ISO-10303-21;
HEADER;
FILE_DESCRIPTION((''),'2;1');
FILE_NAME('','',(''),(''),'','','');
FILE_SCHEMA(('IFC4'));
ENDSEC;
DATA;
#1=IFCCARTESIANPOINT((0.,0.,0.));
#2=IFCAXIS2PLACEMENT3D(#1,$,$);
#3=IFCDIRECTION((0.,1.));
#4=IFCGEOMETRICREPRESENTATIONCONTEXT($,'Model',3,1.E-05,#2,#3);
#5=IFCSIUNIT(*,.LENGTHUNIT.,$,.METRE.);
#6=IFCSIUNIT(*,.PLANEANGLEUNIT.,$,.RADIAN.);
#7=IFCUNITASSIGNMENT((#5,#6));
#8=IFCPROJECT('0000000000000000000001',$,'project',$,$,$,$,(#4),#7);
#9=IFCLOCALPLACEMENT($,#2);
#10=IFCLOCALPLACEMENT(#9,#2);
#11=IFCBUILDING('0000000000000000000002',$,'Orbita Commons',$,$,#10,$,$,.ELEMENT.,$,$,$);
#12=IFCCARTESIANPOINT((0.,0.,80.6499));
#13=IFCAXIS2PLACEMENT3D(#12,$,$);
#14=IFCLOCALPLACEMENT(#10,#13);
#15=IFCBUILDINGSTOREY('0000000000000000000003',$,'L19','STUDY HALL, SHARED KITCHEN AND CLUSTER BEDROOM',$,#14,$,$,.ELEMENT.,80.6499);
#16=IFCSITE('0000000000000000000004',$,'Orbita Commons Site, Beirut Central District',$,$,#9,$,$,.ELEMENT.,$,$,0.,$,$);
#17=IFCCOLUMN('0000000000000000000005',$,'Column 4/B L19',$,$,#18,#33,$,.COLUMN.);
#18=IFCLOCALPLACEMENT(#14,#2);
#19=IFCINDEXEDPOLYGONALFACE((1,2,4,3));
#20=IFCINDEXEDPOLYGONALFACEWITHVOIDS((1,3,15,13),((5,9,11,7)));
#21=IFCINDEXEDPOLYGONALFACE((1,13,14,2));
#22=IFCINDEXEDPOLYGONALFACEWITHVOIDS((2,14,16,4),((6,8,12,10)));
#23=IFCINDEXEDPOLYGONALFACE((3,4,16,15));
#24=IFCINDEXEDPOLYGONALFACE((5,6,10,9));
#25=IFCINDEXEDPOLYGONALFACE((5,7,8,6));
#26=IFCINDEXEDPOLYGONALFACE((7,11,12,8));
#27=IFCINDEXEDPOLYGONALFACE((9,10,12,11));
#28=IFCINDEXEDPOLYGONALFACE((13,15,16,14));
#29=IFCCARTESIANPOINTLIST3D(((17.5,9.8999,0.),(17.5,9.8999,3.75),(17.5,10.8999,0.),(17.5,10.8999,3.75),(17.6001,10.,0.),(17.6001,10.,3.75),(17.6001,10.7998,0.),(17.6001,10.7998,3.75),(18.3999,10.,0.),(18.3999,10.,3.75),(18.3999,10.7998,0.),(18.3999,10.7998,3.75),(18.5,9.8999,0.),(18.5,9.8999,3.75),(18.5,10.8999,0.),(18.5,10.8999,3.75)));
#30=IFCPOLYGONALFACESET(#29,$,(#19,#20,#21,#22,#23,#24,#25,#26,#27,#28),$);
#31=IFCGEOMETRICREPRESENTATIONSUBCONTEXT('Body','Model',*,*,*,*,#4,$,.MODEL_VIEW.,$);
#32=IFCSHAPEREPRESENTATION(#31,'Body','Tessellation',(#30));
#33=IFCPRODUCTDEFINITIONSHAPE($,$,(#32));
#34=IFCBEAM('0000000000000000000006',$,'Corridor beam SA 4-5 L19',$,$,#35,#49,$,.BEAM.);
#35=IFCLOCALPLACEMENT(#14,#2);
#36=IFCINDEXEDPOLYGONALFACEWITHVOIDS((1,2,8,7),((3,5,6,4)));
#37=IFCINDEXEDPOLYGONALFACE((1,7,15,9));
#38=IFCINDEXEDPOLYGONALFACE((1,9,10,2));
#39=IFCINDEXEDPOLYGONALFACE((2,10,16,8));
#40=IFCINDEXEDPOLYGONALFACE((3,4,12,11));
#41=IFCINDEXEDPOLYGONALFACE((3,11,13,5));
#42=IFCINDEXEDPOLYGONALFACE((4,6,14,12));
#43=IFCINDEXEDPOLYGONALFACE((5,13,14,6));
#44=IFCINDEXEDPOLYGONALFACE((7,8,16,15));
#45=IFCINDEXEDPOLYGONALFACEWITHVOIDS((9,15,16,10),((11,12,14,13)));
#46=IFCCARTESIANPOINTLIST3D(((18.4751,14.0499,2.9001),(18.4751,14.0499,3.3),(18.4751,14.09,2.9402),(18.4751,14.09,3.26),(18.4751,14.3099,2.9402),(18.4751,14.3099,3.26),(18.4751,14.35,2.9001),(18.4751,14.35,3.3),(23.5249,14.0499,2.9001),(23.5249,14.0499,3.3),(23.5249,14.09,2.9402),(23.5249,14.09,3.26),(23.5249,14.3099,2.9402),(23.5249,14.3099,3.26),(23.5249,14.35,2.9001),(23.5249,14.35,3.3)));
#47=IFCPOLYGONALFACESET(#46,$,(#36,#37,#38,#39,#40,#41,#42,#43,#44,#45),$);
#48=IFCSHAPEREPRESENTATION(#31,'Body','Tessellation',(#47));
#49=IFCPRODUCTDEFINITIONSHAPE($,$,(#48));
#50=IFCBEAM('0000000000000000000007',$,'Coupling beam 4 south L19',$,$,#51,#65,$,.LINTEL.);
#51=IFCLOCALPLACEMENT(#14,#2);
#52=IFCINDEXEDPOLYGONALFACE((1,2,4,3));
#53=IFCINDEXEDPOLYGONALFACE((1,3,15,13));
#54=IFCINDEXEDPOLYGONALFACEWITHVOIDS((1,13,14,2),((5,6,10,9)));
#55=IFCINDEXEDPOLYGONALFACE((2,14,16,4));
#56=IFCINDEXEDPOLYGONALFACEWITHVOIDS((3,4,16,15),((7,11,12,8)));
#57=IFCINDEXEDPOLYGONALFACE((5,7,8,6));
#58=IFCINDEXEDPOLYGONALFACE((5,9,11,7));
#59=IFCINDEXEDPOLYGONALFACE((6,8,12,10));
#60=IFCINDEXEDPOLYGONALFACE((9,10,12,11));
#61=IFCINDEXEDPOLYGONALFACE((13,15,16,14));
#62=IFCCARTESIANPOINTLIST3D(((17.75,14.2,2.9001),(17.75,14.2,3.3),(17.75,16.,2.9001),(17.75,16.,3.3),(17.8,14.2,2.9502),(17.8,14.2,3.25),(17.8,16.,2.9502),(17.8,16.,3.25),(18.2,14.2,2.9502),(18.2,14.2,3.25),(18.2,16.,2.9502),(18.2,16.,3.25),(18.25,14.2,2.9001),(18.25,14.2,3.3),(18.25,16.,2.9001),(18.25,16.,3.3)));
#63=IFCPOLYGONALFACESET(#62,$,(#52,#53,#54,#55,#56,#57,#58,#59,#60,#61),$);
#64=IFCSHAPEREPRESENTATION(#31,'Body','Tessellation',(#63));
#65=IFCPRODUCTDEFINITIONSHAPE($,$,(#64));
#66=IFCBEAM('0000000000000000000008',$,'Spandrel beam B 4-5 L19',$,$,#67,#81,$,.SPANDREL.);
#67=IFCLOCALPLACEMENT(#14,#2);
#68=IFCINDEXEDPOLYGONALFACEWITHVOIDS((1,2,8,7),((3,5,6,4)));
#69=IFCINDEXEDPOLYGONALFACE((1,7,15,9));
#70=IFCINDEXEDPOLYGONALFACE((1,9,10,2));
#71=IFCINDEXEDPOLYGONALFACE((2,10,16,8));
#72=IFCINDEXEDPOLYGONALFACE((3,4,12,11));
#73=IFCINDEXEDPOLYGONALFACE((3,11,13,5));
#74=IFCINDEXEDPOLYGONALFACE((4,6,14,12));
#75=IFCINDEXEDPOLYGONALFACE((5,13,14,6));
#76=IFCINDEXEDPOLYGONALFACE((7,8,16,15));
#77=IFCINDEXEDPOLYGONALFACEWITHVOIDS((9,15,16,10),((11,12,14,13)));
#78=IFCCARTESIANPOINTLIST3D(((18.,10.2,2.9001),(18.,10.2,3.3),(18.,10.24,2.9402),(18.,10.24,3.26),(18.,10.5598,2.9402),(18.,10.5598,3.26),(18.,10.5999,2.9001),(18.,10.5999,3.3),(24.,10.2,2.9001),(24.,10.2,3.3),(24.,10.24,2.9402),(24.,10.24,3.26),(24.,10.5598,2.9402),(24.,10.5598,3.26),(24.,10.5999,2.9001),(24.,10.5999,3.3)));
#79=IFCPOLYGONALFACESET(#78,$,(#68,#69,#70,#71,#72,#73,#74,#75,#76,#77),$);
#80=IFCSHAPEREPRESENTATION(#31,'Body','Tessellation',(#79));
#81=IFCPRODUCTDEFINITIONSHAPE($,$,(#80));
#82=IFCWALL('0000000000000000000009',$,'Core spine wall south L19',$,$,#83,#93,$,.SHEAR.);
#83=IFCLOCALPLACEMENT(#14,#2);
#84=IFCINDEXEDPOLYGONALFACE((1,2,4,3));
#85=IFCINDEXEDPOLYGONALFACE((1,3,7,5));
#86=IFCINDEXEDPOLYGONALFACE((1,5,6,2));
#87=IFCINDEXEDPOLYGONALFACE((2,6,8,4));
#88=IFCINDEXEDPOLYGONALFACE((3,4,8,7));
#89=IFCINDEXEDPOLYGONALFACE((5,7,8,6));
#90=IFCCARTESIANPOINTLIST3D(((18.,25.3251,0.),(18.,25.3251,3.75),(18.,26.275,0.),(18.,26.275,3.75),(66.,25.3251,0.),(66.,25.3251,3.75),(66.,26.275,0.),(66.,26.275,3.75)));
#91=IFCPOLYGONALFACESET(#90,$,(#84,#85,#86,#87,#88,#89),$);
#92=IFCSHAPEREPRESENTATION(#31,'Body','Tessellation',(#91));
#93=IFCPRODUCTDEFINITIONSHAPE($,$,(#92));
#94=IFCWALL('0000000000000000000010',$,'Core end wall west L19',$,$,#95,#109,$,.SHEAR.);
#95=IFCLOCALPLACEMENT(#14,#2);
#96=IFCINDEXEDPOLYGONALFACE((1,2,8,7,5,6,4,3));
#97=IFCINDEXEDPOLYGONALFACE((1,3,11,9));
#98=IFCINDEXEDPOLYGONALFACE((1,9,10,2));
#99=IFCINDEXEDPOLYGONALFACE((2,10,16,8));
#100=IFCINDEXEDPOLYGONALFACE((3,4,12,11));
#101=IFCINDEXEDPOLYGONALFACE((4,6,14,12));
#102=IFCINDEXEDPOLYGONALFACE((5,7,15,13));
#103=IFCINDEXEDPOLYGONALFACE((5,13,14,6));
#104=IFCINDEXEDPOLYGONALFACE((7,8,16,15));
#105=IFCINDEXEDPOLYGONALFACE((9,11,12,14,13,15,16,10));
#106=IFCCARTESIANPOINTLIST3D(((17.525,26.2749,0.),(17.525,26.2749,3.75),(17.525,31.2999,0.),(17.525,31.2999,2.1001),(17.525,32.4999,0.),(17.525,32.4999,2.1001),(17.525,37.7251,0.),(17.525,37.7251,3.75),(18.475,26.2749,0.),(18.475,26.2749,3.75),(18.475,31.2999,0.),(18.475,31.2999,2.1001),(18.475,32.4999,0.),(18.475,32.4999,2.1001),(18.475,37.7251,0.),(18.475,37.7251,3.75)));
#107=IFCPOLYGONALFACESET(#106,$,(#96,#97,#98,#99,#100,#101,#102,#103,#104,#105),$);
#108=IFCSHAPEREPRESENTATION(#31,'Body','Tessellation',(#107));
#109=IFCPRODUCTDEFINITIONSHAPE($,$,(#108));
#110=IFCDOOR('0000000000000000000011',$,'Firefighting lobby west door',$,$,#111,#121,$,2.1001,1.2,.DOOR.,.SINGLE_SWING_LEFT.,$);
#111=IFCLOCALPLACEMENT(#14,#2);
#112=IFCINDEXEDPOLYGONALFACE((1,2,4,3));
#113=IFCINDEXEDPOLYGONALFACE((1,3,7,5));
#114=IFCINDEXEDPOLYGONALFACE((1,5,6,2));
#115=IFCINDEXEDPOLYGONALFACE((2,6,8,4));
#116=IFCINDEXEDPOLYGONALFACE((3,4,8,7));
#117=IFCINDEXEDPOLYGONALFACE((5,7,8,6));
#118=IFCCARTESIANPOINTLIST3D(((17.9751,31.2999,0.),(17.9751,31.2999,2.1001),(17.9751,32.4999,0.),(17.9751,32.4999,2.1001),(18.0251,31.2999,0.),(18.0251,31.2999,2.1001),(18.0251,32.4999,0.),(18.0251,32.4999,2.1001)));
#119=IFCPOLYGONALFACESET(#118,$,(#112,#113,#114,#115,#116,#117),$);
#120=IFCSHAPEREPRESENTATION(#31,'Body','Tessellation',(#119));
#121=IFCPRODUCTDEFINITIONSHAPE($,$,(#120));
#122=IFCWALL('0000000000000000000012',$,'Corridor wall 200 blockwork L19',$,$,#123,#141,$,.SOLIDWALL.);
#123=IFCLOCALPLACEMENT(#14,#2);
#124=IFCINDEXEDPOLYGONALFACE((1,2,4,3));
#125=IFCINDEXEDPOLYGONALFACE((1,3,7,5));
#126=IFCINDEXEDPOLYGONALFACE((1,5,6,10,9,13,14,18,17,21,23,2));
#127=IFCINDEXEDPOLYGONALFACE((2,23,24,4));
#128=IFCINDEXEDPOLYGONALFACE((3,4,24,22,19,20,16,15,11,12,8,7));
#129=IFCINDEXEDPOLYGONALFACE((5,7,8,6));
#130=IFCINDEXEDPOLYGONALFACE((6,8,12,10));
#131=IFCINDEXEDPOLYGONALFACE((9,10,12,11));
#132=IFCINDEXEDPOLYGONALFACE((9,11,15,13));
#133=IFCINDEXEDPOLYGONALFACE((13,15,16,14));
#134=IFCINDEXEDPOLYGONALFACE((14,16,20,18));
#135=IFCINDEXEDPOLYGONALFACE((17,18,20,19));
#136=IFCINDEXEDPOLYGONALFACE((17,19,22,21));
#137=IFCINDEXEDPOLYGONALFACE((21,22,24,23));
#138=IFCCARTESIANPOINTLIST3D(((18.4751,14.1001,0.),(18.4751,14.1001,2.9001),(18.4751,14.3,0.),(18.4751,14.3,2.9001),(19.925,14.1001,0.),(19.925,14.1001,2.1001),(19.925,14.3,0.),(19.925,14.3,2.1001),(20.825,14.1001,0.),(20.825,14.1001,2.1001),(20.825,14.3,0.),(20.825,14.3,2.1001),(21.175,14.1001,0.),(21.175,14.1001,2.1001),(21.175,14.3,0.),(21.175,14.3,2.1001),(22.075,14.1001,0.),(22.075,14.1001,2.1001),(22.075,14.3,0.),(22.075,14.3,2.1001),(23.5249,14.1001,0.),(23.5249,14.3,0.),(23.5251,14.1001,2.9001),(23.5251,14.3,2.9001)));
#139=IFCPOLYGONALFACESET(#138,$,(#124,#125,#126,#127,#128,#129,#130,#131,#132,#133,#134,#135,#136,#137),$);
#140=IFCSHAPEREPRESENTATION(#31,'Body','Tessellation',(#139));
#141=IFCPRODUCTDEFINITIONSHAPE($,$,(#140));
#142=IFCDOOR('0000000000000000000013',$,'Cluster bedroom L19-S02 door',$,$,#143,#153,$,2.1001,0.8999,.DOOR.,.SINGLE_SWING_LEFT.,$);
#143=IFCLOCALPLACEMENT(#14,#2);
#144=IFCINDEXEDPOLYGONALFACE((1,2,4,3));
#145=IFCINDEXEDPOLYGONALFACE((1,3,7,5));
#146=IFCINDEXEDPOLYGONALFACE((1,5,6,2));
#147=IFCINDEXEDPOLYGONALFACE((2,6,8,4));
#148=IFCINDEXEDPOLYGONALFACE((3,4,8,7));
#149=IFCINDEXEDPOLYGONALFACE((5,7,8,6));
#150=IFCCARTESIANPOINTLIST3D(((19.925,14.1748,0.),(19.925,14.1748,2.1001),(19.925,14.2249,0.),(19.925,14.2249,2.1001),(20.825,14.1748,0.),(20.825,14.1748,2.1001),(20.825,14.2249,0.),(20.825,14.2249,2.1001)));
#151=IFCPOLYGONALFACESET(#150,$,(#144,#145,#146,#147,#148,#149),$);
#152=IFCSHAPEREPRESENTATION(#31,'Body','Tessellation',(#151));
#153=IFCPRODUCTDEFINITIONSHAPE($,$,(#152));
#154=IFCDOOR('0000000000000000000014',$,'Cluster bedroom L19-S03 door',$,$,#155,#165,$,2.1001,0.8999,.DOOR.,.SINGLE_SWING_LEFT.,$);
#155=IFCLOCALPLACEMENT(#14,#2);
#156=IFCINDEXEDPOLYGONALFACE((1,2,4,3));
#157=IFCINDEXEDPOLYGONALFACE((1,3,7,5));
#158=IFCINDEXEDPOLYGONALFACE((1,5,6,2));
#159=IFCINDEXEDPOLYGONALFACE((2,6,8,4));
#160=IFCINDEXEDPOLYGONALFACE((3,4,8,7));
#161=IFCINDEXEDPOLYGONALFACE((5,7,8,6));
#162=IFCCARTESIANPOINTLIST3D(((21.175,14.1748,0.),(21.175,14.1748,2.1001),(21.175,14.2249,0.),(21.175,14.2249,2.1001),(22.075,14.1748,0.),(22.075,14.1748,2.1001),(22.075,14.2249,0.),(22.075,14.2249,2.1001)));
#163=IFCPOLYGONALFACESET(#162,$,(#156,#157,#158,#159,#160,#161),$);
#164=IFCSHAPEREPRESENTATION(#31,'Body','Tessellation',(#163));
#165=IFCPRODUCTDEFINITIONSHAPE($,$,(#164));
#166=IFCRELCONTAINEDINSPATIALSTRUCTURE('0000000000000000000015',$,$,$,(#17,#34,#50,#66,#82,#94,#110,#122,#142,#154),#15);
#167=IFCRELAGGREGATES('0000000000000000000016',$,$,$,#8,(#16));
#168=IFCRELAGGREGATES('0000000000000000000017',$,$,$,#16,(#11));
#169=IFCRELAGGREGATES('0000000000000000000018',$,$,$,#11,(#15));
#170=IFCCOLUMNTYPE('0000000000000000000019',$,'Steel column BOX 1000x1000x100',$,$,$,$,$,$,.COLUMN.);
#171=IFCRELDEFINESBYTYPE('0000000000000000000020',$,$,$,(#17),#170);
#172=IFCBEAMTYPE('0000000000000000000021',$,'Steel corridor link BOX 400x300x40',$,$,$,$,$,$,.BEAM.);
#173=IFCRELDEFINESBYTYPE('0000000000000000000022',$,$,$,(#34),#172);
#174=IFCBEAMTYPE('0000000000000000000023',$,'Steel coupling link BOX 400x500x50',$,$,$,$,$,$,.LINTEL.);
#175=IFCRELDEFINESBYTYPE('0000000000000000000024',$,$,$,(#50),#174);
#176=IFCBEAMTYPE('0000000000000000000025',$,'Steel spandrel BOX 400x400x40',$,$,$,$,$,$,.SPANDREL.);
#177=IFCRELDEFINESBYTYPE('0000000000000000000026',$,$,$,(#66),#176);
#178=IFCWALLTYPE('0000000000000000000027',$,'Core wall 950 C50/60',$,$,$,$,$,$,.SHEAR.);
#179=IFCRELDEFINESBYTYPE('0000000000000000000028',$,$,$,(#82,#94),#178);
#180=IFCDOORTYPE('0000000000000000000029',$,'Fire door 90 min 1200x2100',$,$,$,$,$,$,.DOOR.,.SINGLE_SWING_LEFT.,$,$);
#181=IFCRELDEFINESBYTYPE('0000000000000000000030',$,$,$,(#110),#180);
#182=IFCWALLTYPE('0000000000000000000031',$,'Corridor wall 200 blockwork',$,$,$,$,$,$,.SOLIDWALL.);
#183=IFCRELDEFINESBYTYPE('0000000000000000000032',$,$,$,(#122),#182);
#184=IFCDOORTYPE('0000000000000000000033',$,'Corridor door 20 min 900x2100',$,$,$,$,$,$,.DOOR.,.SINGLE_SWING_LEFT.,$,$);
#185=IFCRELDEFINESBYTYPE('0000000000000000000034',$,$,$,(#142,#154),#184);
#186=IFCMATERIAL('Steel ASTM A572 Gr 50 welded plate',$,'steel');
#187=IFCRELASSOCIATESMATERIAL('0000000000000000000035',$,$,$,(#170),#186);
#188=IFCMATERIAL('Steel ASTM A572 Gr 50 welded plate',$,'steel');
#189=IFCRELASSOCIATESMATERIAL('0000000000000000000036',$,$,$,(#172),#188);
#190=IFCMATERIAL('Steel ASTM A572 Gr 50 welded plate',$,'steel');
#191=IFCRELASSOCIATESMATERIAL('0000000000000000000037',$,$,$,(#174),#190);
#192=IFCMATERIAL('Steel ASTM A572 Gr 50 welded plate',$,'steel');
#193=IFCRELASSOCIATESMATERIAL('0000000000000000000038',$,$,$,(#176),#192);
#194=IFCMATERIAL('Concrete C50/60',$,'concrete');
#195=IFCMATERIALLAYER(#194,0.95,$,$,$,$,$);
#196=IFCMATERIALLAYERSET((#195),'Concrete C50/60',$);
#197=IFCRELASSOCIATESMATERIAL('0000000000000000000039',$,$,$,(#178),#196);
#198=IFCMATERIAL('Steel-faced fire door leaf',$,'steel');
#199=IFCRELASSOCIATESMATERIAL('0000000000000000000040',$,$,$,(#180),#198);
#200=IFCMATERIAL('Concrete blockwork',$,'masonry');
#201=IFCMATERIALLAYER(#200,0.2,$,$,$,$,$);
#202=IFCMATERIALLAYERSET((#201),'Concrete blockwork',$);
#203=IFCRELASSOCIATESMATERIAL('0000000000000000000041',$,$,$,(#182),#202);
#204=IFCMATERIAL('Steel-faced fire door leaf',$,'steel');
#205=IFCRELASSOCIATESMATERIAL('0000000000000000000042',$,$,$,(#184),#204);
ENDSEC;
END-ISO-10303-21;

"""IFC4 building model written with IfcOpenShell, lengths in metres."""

from ifc_helpers import new_model, si_unit, direction, frame, frame_2d, origin, origin_2d, place, context, subcontext, project, spatial, polyline, rectangle, hollow_rectangle, outline, extrude, material, layer, layer_set, material_profile, profile_set, type_object, element, fill, save


model = new_model("IFC4")

# Units and contexts
model_context = context("Model", 3, precision=1e-05, world=origin(), true_north=direction((0.0, 1.0)))
body_context = subcontext(model_context, "Body", "Model", "MODEL_VIEW")
ifc_project = project(units=[si_unit("LENGTHUNIT", "METRE"), si_unit("PLANEANGLEUNIT", "RADIAN")], contexts=[model_context])

# Site, building, storey
site_placement = place(None, origin())
site = spatial("IfcSite", under=ifc_project, at=site_placement, Name="Orbita Commons Site, Beirut Central District", CompositionType="ELEMENT", RefElevation=0.0)
building_placement = place(site_placement, origin())
building = spatial("IfcBuilding", under=site, at=building_placement, Name="Orbita Commons", CompositionType="ELEMENT")
storey_placement = place(building_placement, frame((0.0, 0.0, 80.6499)))
storey = spatial("IfcBuildingStorey", under=building, at=storey_placement, Name="L19", Description="STUDY HALL, SHARED KITCHEN AND CLUSTER BEDROOM", CompositionType="ELEMENT", Elevation=80.6499)

# Column
ifc_material_1 = material(Name="Steel ASTM A572 Gr 50 welded plate", Category="steel")
ifc_material_profile_1 = material_profile(ifc_material_1, hollow_rectangle(XDim=1.0, YDim=1.0, WallThickness=0.1001, at=origin_2d()), Name="BOX 1000x1000x100")
ifc_profile_set_1 = profile_set([ifc_material_profile_1], Name="Steel ASTM A572 Gr 50 welded plate")
column_type = type_object("IfcColumnType", Name="Steel column BOX 1000x1000x100", PredefinedType="COLUMN", material=ifc_profile_set_1)
column_placement = place(storey_placement, frame((18.0, 10.3999, 0.0), z_axis=(0.0, 0.0, 1.0), x_axis=(1.0, 0.0, 0.0)))
element("IfcColumn", 1, at=column_placement, inside=storey, type_object=column_type, Name="Column 4/B L19", PredefinedType="COLUMN", context=body_context, shape_type="SweptSolid", body=[
    extrude(hollow_rectangle(XDim=1.0, YDim=1.0, WallThickness=0.1001, at=origin_2d()), origin(), (0.0, 0.0, 1.0), 3.75),
])

# Beams
ifc_material_2 = material(Name="Steel ASTM A572 Gr 50 welded plate", Category="steel")
ifc_material_profile_2 = material_profile(ifc_material_2, hollow_rectangle(XDim=0.3, YDim=0.3999, WallThickness=0.04, at=origin_2d()), Name="BOX 400x300x40")
ifc_profile_set_2 = profile_set([ifc_material_profile_2], Name="Steel ASTM A572 Gr 50 welded plate")
beam_type_1 = type_object("IfcBeamType", Name="Steel corridor link BOX 400x300x40", PredefinedType="BEAM", material=ifc_profile_set_2)
beam_1_placement = place(storey_placement, frame((18.4751, 14.2, 3.1001), z_axis=(1.0, 0.0, 0.0), x_axis=(0.0, 1.0, 0.0)))
element("IfcBeam", 2, at=beam_1_placement, inside=storey, type_object=beam_type_1, Name="Corridor beam SA 4-5 L19", PredefinedType="BEAM", context=body_context, shape_type="SweptSolid", body=[
    extrude(hollow_rectangle(XDim=0.3, YDim=0.3999, WallThickness=0.04, at=origin_2d()), origin(), (0.0, 0.0, 1.0), 5.0498),
])
ifc_material_3 = material(Name="Steel ASTM A572 Gr 50 welded plate", Category="steel")
ifc_material_profile_3 = material_profile(ifc_material_3, hollow_rectangle(XDim=0.5, YDim=0.3999, WallThickness=0.05, at=origin_2d()), Name="BOX 400x500x50")
ifc_profile_set_3 = profile_set([ifc_material_profile_3], Name="Steel ASTM A572 Gr 50 welded plate")
beam_type_2 = type_object("IfcBeamType", Name="Steel coupling link BOX 400x500x50", PredefinedType="LINTEL", material=ifc_profile_set_3)
beam_2_placement = place(storey_placement, frame((18.0, 14.2, 3.1001), z_axis=(0.0, 1.0, 0.0), x_axis=(-1.0, 0.0, 0.0)))
element("IfcBeam", 3, at=beam_2_placement, inside=storey, type_object=beam_type_2, Name="Coupling beam 4 south L19", PredefinedType="LINTEL", context=body_context, shape_type="SweptSolid", body=[
    extrude(hollow_rectangle(XDim=0.5, YDim=0.3999, WallThickness=0.05, at=origin_2d()), origin(), (0.0, 0.0, 1.0), 1.8),
])
ifc_material_4 = material(Name="Steel ASTM A572 Gr 50 welded plate", Category="steel")
ifc_material_profile_4 = material_profile(ifc_material_4, hollow_rectangle(XDim=0.3999, YDim=0.3999, WallThickness=0.04, at=origin_2d()), Name="BOX 400x400x40")
ifc_profile_set_4 = profile_set([ifc_material_profile_4], Name="Steel ASTM A572 Gr 50 welded plate")
beam_type_3 = type_object("IfcBeamType", Name="Steel spandrel BOX 400x400x40", PredefinedType="SPANDREL", material=ifc_profile_set_4)
beam_3_placement = place(storey_placement, frame((18.0, 10.3999, 3.1001), z_axis=(1.0, 0.0, 0.0), x_axis=(0.0, 1.0, 0.0)))
element("IfcBeam", 4, at=beam_3_placement, inside=storey, type_object=beam_type_3, Name="Spandrel beam B 4-5 L19", PredefinedType="SPANDREL", context=body_context, shape_type="SweptSolid", body=[
    extrude(hollow_rectangle(XDim=0.3999, YDim=0.3999, WallThickness=0.04, at=origin_2d()), origin(), (0.0, 0.0, 1.0), 6.0),
])

# Wall
ifc_material_5 = material(Name="Concrete C50/60", Category="concrete")
ifc_layer_1 = layer(ifc_material_5, 0.95)
ifc_layer_set_1 = layer_set([ifc_layer_1], Name="Concrete C50/60")
wall_type_1 = type_object("IfcWallType", Name="Core wall 950 C50/60", PredefinedType="SHEAR", material=ifc_layer_set_1)
wall_1_placement = place(storey_placement, frame((18.0, 25.8, 0.0), z_axis=(0.0, 0.0, 1.0), x_axis=(1.0, 0.0, 0.0)))
element("IfcWall", 5, at=wall_1_placement, inside=storey, type_object=wall_type_1, Name="Core spine wall south L19", PredefinedType="SHEAR", context=body_context, shape_type="SweptSolid", body=[
    extrude(rectangle(XDim=48.0, YDim=0.95, at=frame_2d((24.0, 0.0))), origin(), (0.0, 0.0, 1.0), 3.75),
])

# Wall, opening, door
wall_2_placement = place(storey_placement, frame((18.0, 26.2749, 0.0), z_axis=(0.0, 0.0, 1.0), x_axis=(0.0, 1.0, 0.0)))
wall_2 = element("IfcWall", 6, at=wall_2_placement, inside=storey, type_object=wall_type_1, Name="Core end wall west L19", PredefinedType="SHEAR", context=body_context, shape_type="SweptSolid", body=[
    extrude(rectangle(XDim=11.4502, YDim=0.95, at=frame_2d((5.7251, 0.0))), origin(), (0.0, 0.0, 1.0), 3.75),
])
opening_1_placement = place(wall_2_placement, frame((5.0249, 0.0, 0.0)))
opening_1 = element("IfcOpeningElement", 7, at=opening_1_placement, cuts=wall_2, PredefinedType="OPENING", context=body_context, shape_type="SweptSolid", body=[
    extrude(rectangle(XDim=1.2, YDim=2.1001, at=frame_2d((0.6001, 1.05))), frame((0.0, 0.4849, 0.0), z_axis=(0.0, -1.0, 0.0), x_axis=(1.0, 0.0, 0.0)), (0.0, 0.0, 1.0), 0.97),
])
ifc_material_6 = material(Name="Steel-faced fire door leaf", Category="steel")
door_type_1 = type_object("IfcDoorType", Name="Fire door 90 min 1200x2100", OperationType="SINGLE_SWING_LEFT", PredefinedType="DOOR", material=ifc_material_6)
door_1_placement = place(opening_1_placement, origin())
door_1 = element("IfcDoor", 8, at=door_1_placement, inside=storey, type_object=door_type_1, Name="Firefighting lobby west door", OperationType="SINGLE_SWING_LEFT", OverallHeight=2.1001, OverallWidth=1.2, PredefinedType="DOOR", context=body_context, shape_type="SweptSolid", body=[
    extrude(rectangle(XDim=1.2, YDim=2.1001, at=frame_2d((0.6001, 1.05))), frame((0.0, 0.0249, 0.0), z_axis=(0.0, -1.0, 0.0), x_axis=(1.0, 0.0, 0.0)), (0.0, 0.0, 1.0), 0.05),
])
fill(opening_1, door_1)

# Wall, openings, doors
ifc_material_7 = material(Name="Concrete blockwork", Category="masonry")
ifc_layer_2 = layer(ifc_material_7, 0.2)
ifc_layer_set_2 = layer_set([ifc_layer_2], Name="Concrete blockwork")
wall_type_2 = type_object("IfcWallType", Name="Corridor wall 200 blockwork", PredefinedType="SOLIDWALL", material=ifc_layer_set_2)
wall_3_placement = place(storey_placement, frame((18.4751, 14.2, 0.0), z_axis=(0.0, 0.0, 1.0), x_axis=(1.0, 0.0, 0.0)))
wall_3 = element("IfcWall", 9, at=wall_3_placement, inside=storey, type_object=wall_type_2, Name="Corridor wall 200 blockwork L19", PredefinedType="SOLIDWALL", context=body_context, shape_type="SweptSolid", body=[
    extrude(outline(polyline([(0.0, 0.0), (5.0498, 0.0), (5.05, 2.9001), (0.0, 2.9001), (0.0, 0.0)])), frame((0.0, 0.1001, 0.0), z_axis=(0.0, -1.0, 0.0), x_axis=(1.0, 0.0, 0.0)), (0.0, 0.0, 1.0), 0.2),
])
opening_2_placement = place(wall_3_placement, frame((1.45, 0.0, 0.0)))
opening_2 = element("IfcOpeningElement", 10, at=opening_2_placement, cuts=wall_3, PredefinedType="OPENING", context=body_context, shape_type="SweptSolid", body=[
    extrude(rectangle(XDim=0.8999, YDim=2.1001, at=frame_2d((0.45, 1.05))), frame((0.0, 0.1099, 0.0), z_axis=(0.0, -1.0, 0.0), x_axis=(1.0, 0.0, 0.0)), (0.0, 0.0, 1.0), 0.22),
])
opening_3_placement = place(wall_3_placement, frame((2.7, 0.0, 0.0)))
opening_3 = element("IfcOpeningElement", 11, at=opening_3_placement, cuts=wall_3, PredefinedType="OPENING", context=body_context, shape_type="SweptSolid", body=[
    extrude(rectangle(XDim=0.8999, YDim=2.1001, at=frame_2d((0.45, 1.05))), frame((0.0, 0.1099, 0.0), z_axis=(0.0, -1.0, 0.0), x_axis=(1.0, 0.0, 0.0)), (0.0, 0.0, 1.0), 0.22),
])
ifc_material_8 = material(Name="Steel-faced fire door leaf", Category="steel")
door_type_2 = type_object("IfcDoorType", Name="Corridor door 20 min 900x2100", OperationType="SINGLE_SWING_LEFT", PredefinedType="DOOR", material=ifc_material_8)
door_2_placement = place(opening_2_placement, origin())
door_2 = element("IfcDoor", 12, at=door_2_placement, inside=storey, type_object=door_type_2, Name="Cluster bedroom L19-S02 door", OperationType="SINGLE_SWING_LEFT", OverallHeight=2.1001, OverallWidth=0.8999, PredefinedType="DOOR", context=body_context, shape_type="SweptSolid", body=[
    extrude(rectangle(XDim=0.8999, YDim=2.1001, at=frame_2d((0.45, 1.05))), frame((0.0, 0.0249, 0.0), z_axis=(0.0, -1.0, 0.0), x_axis=(1.0, 0.0, 0.0)), (0.0, 0.0, 1.0), 0.05),
])
fill(opening_2, door_2)
door_3_placement = place(opening_3_placement, origin())
door_3 = element("IfcDoor", 13, at=door_3_placement, inside=storey, type_object=door_type_2, Name="Cluster bedroom L19-S03 door", OperationType="SINGLE_SWING_LEFT", OverallHeight=2.1001, OverallWidth=0.8999, PredefinedType="DOOR", context=body_context, shape_type="SweptSolid", body=[
    extrude(rectangle(XDim=0.8999, YDim=2.1001, at=frame_2d((0.45, 1.05))), frame((0.0, 0.0249, 0.0), z_axis=(0.0, -1.0, 0.0), x_axis=(1.0, 0.0, 0.0)), (0.0, 0.0, 1.0), 0.05),
])
fill(opening_3, door_3)

save(model, "model.ifc")
